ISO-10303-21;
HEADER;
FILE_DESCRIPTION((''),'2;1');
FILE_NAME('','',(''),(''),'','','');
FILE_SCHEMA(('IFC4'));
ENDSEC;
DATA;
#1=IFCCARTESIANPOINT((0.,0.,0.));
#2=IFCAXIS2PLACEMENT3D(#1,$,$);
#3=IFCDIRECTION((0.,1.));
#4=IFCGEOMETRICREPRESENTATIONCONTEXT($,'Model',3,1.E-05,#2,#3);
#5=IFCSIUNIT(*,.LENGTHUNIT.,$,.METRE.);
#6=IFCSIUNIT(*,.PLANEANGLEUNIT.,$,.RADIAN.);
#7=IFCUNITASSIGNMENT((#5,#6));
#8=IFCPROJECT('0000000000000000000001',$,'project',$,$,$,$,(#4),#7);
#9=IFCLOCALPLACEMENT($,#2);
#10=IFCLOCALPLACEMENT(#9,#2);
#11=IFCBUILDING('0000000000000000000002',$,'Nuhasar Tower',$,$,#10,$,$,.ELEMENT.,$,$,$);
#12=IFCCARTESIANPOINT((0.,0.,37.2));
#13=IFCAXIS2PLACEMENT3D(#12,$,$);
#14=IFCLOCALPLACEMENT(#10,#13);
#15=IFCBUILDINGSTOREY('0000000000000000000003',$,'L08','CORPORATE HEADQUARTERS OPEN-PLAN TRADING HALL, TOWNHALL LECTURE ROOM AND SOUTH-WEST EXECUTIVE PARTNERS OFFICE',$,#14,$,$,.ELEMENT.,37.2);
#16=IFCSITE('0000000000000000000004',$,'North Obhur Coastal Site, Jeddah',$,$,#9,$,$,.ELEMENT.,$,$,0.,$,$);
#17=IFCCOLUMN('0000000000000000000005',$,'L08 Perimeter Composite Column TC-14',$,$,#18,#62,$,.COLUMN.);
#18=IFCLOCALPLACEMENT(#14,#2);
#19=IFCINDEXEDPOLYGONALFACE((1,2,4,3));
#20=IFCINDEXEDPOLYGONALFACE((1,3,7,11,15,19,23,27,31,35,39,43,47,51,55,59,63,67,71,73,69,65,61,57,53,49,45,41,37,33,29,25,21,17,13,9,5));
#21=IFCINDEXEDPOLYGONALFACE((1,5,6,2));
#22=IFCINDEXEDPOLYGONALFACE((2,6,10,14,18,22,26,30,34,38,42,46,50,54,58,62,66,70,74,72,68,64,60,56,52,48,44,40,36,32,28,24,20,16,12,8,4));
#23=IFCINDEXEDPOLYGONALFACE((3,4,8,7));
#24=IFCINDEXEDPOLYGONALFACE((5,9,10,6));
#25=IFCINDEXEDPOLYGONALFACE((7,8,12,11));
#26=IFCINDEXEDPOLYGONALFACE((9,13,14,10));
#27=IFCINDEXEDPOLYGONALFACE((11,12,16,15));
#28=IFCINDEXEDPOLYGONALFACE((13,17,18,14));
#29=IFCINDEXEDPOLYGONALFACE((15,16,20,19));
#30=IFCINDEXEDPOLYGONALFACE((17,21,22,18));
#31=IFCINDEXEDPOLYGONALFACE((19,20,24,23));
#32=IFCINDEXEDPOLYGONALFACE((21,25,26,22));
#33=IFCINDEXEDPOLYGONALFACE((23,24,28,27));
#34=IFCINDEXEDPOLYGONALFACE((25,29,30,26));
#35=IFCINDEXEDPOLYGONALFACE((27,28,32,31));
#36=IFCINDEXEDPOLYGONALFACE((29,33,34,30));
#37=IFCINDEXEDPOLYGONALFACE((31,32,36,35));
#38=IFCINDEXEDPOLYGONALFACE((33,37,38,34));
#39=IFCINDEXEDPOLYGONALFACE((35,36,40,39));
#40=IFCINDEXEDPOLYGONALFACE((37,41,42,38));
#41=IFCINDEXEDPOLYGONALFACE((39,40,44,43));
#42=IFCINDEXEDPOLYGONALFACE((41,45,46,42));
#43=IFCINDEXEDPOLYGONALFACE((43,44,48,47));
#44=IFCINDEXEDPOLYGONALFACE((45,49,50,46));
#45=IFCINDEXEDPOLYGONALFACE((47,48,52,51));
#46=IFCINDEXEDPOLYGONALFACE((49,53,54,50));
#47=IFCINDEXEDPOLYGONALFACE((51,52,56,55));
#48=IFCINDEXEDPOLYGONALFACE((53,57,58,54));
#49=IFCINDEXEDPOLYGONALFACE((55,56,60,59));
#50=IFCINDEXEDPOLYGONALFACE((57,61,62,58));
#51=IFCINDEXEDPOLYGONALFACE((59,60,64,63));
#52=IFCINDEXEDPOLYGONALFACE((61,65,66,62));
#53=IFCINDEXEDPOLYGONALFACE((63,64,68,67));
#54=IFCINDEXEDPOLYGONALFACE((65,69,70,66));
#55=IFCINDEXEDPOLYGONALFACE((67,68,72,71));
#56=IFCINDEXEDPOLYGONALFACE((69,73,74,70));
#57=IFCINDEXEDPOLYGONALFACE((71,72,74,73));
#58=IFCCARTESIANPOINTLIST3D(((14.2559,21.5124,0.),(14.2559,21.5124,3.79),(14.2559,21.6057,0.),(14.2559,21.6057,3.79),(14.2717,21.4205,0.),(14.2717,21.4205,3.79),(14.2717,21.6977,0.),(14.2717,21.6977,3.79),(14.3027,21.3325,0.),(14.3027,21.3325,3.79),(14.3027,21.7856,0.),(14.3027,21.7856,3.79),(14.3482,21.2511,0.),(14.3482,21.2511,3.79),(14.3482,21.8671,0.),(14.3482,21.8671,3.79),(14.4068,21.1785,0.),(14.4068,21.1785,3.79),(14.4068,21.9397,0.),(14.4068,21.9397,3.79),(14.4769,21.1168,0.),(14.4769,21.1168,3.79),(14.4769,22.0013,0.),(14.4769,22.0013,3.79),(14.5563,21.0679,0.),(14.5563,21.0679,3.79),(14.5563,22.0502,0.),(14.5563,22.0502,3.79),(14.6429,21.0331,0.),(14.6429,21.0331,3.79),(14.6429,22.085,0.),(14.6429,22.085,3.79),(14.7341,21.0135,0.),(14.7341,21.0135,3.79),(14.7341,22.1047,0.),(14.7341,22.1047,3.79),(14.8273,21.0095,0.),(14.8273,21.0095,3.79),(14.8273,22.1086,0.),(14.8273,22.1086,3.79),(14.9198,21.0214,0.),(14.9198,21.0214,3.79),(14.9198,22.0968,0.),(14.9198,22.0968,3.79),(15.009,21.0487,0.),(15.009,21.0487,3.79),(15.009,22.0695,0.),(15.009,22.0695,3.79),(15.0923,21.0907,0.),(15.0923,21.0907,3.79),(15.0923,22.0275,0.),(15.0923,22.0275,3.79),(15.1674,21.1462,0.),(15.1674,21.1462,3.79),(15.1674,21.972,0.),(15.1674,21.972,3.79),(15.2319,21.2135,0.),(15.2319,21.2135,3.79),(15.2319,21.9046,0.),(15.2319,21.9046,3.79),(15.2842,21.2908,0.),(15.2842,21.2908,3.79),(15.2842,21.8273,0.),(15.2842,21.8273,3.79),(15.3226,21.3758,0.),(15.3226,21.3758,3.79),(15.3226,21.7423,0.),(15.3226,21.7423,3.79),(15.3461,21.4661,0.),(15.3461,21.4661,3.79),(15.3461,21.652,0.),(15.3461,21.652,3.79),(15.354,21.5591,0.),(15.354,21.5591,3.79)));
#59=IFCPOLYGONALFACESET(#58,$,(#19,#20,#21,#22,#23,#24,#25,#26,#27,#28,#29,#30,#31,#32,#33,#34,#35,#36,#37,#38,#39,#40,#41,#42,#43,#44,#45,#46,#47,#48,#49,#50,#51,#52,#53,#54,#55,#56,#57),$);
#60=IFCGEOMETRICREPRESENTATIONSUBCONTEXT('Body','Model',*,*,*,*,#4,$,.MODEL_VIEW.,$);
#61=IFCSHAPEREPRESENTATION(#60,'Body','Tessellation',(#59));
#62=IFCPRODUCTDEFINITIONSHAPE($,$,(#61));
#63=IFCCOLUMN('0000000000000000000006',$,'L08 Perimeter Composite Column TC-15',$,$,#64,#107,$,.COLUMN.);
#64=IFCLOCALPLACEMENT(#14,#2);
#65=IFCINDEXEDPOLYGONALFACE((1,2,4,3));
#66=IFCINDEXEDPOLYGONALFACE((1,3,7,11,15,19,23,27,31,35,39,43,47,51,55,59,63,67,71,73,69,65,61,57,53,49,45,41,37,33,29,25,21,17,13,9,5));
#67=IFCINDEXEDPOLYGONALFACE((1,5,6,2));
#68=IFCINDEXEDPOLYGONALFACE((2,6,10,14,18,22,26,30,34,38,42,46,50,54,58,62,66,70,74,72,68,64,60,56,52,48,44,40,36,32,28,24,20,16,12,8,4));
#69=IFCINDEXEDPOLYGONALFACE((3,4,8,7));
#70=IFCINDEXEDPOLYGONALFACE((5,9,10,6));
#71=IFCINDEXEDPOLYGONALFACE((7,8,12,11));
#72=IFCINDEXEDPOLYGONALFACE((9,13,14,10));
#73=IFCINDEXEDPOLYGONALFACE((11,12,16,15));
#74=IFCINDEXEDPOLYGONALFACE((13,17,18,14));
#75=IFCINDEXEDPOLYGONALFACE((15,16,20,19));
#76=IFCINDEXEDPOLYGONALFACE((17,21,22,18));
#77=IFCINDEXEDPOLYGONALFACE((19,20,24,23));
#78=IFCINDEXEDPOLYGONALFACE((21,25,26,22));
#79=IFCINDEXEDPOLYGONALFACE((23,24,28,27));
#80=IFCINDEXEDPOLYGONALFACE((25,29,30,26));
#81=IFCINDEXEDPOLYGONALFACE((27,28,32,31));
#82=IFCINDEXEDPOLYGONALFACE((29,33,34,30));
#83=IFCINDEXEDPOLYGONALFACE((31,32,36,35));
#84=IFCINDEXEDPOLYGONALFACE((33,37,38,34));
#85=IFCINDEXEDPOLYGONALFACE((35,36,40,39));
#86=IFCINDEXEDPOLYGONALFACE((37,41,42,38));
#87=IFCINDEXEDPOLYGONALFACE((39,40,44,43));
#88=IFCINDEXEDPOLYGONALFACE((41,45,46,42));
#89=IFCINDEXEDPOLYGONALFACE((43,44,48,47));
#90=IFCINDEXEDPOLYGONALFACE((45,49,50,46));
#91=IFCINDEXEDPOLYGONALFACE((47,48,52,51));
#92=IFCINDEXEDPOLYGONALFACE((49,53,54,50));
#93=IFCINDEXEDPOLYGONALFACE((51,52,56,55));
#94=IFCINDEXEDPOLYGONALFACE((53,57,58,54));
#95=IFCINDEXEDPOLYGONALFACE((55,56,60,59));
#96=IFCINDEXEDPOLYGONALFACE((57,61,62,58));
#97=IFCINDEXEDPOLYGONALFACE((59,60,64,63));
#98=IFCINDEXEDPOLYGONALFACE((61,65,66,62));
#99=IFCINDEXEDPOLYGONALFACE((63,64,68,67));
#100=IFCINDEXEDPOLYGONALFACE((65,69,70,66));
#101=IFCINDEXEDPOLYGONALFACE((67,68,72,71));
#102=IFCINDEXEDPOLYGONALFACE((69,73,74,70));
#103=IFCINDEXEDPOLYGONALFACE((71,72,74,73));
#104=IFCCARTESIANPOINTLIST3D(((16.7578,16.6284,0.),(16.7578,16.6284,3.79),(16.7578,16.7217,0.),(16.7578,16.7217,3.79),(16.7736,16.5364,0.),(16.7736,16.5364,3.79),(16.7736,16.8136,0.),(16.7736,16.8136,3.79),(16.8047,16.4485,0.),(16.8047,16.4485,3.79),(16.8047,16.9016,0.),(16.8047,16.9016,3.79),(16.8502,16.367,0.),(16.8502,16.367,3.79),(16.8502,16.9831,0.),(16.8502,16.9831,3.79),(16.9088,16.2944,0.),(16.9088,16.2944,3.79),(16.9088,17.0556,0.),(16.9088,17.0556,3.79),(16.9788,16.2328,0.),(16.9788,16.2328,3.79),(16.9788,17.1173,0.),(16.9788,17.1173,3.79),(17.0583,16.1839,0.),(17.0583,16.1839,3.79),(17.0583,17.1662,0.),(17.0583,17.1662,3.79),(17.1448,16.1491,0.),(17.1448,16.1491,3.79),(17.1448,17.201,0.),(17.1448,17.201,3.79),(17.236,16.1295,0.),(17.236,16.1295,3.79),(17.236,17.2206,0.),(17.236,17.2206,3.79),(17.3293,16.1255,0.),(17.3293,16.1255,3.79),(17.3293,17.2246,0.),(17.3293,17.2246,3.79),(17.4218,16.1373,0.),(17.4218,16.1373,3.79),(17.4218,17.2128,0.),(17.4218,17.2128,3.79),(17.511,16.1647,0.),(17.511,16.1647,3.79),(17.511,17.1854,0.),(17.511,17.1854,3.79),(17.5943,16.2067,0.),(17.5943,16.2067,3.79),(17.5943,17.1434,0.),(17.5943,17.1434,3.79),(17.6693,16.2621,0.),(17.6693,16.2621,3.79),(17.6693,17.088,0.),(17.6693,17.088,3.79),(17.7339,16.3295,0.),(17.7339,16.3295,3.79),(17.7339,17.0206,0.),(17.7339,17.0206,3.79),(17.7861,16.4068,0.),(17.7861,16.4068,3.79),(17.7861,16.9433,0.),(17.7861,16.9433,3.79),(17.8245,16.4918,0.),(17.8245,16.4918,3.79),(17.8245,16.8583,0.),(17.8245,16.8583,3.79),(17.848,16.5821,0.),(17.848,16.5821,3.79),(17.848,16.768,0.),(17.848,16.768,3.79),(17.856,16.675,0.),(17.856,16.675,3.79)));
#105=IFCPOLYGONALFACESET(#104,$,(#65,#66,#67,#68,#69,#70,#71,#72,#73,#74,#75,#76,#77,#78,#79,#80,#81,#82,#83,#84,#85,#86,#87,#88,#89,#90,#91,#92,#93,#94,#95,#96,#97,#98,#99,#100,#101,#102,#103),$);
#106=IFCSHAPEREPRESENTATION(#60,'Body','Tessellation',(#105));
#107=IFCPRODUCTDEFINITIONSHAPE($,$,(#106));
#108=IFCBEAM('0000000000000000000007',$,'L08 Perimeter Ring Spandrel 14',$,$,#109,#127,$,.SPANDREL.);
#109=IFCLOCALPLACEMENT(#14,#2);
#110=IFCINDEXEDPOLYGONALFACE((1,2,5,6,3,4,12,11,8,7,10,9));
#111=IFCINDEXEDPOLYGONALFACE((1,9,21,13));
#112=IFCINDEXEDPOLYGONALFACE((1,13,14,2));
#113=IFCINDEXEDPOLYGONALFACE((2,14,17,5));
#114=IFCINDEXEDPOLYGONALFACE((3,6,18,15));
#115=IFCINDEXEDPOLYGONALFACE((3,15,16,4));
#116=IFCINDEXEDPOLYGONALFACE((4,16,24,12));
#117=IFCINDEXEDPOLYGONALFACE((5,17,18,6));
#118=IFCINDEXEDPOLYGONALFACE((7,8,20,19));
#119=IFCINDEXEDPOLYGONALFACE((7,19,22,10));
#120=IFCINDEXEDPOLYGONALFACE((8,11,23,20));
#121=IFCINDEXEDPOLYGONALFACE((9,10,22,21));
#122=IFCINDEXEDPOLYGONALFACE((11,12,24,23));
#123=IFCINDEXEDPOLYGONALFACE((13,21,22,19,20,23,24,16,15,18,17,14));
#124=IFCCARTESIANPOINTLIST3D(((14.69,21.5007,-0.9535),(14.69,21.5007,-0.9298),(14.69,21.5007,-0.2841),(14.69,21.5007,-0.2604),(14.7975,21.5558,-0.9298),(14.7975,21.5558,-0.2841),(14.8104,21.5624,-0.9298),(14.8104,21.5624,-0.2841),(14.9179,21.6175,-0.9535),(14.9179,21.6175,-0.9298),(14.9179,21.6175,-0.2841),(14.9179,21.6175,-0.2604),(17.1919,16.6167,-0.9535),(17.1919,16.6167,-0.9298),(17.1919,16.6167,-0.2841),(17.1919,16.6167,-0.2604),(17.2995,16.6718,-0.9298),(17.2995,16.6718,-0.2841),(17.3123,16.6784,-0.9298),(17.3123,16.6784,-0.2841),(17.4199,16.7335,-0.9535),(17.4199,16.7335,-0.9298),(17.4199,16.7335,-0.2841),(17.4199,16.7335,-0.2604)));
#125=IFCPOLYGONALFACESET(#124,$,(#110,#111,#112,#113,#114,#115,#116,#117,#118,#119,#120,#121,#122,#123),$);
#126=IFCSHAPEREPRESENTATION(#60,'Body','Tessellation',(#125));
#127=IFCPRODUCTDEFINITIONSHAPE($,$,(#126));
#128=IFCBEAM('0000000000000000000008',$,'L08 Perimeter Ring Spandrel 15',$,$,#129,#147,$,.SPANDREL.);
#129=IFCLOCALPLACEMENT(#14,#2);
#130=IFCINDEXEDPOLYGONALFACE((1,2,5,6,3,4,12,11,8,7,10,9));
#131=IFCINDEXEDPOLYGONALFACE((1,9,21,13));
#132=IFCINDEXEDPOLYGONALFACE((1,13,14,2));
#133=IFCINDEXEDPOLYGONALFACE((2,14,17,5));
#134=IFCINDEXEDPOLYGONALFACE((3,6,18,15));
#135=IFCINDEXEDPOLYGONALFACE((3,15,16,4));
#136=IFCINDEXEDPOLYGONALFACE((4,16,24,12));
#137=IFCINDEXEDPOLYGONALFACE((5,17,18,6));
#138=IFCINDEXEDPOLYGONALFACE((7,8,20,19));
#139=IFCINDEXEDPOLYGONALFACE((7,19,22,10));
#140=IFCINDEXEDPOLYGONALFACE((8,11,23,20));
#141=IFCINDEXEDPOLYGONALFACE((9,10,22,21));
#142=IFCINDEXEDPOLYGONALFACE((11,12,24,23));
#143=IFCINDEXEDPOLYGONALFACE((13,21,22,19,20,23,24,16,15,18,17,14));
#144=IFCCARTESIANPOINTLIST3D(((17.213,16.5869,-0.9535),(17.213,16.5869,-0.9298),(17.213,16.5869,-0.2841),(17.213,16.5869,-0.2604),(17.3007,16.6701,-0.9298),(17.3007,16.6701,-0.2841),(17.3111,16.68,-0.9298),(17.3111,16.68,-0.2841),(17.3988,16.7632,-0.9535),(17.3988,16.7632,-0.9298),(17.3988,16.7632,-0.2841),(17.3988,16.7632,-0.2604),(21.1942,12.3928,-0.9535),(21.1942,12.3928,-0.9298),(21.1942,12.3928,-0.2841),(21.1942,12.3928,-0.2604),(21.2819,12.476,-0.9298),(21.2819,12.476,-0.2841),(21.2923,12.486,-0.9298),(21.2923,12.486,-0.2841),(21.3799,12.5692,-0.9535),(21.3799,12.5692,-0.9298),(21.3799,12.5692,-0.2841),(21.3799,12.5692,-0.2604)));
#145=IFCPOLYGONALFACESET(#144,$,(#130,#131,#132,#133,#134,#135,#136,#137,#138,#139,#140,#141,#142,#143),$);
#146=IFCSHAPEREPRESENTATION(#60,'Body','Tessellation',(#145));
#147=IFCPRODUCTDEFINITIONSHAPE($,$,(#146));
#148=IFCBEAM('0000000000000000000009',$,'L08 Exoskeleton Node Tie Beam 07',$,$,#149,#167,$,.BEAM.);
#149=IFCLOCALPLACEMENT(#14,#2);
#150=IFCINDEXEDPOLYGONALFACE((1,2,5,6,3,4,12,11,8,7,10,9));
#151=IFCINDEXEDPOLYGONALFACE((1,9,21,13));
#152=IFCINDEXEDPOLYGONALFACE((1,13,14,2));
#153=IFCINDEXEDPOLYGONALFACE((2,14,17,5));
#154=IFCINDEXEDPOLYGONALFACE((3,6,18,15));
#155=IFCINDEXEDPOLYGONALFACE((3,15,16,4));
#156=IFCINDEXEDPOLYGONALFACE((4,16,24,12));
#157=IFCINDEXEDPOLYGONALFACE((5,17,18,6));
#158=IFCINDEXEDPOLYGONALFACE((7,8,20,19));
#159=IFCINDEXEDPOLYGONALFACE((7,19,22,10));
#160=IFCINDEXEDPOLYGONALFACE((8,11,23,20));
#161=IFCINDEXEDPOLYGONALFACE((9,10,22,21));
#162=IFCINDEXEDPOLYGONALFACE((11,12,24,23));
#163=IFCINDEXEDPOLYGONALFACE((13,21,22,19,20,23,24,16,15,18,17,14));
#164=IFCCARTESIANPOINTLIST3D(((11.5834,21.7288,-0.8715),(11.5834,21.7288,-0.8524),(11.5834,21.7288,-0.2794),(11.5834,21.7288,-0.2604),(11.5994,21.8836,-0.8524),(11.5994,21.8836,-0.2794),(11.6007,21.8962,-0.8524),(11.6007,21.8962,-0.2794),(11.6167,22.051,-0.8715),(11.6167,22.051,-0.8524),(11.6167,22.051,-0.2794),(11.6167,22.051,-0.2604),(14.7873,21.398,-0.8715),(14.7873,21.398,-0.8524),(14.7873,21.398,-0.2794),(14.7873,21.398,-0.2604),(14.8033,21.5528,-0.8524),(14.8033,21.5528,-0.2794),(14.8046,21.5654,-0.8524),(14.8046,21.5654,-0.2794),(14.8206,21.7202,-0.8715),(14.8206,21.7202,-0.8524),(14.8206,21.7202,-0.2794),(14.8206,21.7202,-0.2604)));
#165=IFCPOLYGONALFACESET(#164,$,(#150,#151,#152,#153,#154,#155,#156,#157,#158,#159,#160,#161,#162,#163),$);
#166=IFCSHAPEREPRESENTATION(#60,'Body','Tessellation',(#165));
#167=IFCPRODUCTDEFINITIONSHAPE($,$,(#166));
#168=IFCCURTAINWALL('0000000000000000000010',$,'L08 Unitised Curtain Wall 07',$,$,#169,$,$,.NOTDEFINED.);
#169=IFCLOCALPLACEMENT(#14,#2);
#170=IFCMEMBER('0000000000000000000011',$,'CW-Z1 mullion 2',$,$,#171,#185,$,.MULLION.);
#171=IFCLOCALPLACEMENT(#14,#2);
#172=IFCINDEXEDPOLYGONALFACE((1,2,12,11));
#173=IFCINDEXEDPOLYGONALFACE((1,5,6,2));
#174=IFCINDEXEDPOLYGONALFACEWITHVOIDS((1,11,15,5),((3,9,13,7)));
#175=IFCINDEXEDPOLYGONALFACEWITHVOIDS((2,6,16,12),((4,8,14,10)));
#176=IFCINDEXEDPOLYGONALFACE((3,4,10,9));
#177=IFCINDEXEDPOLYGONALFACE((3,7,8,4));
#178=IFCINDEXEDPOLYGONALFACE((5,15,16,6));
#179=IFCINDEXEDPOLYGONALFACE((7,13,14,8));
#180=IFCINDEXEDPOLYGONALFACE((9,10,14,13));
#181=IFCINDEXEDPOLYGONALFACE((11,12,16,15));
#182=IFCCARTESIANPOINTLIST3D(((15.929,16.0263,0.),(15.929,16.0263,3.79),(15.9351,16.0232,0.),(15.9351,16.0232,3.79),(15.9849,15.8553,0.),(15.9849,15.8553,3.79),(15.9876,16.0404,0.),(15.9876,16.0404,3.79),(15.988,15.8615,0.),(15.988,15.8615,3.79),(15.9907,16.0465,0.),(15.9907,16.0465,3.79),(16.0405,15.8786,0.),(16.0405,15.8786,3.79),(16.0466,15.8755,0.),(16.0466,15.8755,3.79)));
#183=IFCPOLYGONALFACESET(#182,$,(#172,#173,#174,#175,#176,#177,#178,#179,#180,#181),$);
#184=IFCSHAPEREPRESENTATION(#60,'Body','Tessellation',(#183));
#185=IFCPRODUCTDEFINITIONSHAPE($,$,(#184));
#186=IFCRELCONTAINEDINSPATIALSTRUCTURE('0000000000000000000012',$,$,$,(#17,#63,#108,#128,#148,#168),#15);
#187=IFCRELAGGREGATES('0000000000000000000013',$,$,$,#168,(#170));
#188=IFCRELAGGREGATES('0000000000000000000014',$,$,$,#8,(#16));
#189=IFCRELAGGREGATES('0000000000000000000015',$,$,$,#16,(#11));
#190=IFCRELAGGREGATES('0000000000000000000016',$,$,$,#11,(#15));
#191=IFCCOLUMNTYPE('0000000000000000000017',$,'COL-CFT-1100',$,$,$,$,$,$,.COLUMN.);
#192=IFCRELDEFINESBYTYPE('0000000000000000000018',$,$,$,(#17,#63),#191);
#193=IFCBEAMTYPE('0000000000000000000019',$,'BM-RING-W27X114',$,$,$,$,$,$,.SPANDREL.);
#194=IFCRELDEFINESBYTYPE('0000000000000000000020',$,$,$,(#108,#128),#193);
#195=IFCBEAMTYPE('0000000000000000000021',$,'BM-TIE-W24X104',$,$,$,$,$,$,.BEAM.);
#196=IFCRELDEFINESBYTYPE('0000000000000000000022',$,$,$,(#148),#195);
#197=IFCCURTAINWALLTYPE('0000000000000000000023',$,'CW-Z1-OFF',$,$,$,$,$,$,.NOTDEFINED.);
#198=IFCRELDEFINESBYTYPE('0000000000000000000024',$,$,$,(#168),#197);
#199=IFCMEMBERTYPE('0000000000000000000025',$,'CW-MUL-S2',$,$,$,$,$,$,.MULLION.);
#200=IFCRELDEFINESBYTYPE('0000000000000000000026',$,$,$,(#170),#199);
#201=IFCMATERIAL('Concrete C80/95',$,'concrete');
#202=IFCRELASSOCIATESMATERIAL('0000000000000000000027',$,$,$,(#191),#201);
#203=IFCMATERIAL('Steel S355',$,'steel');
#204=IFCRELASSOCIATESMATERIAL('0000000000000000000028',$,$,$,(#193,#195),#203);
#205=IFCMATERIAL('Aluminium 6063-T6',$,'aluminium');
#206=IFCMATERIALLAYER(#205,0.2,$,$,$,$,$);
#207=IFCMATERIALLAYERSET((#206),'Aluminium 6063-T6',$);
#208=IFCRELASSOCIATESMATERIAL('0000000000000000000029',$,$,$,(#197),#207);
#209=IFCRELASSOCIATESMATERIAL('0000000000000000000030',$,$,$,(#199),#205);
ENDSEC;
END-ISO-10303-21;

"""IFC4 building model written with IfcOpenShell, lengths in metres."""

from ifc_helpers import new_model, si_unit, direction, frame, origin, origin_2d, place, context, subcontext, project, spatial, hollow_rectangle, circle, i_section, extrude, material, layer, layer_set, material_profile, profile_set, type_object, element, aggregate, save


model = new_model("IFC4")

# Units and contexts
model_context = context("Model", 3, precision=1e-05, world=origin(), true_north=direction((0.0, 1.0)))
body_context = subcontext(model_context, "Body", "Model", "MODEL_VIEW")
ifc_project = project(units=[si_unit("LENGTHUNIT", "METRE"), si_unit("PLANEANGLEUNIT", "RADIAN")], contexts=[model_context])

# Site, building, storey
site_placement = place(None, origin())
site = spatial("IfcSite", under=ifc_project, at=site_placement, Name="North Obhur Coastal Site, Jeddah", CompositionType="ELEMENT", RefElevation=0.0)
building_placement = place(site_placement, origin())
building = spatial("IfcBuilding", under=site, at=building_placement, Name="Nuhasar Tower", CompositionType="ELEMENT")
storey_placement = place(building_placement, frame((0.0, 0.0, 37.2)))
storey = spatial("IfcBuildingStorey", under=building, at=storey_placement, Name="L08", Description="CORPORATE HEADQUARTERS OPEN-PLAN TRADING HALL, TOWNHALL LECTURE ROOM AND SOUTH-WEST EXECUTIVE PARTNERS OFFICE", CompositionType="ELEMENT", Elevation=37.2)

# Columns
ifc_material_1 = material(Name="Concrete C80/95", Category="concrete")
ifc_material_profile_1 = material_profile(ifc_material_1, circle(Radius=0.55, at=origin_2d()), Name="CFT1100")
ifc_profile_set_1 = profile_set([ifc_material_profile_1], Name="Concrete C80/95")
column_type = type_object("IfcColumnType", Name="COL-CFT-1100", PredefinedType="COLUMN", material=ifc_profile_set_1)
for number, where, z_axis, x_axis, name in (
    (1, (14.804, 21.5591, 0.0), (0.0, 0.0, 1.0), (1.0, 0.0, 0.0), "L08 Perimeter Composite Column TC-14"),
    (2, (17.3059, 16.675, 0.0), (0.0, 0.0, 1.0), (1.0, 0.0, 0.0), "L08 Perimeter Composite Column TC-15"),
):
    element("IfcColumn", number, at=place(storey_placement, frame(where, z_axis=z_axis, x_axis=x_axis)), inside=storey, type_object=column_type, Name=name, PredefinedType="COLUMN", context=body_context, shape_type="SweptSolid", body=[
        extrude(circle(Radius=0.55, at=origin_2d()), origin(), (0.0, 0.0, 1.0), 3.79),
    ])

# Beams
ifc_material_2 = material(Name="Steel S355", Category="steel")
ifc_material_profile_2 = material_profile(ifc_material_2, i_section(OverallWidth=0.2561, OverallDepth=0.6931, WebThickness=0.0144, FlangeThickness=0.0237, at=origin_2d()), Name="W27X114")
ifc_profile_set_2 = profile_set([ifc_material_profile_2], Name="Steel S355")
beam_type_1 = type_object("IfcBeamType", Name="BM-RING-W27X114", PredefinedType="SPANDREL", material=ifc_profile_set_2)
beam_1_placement = place(storey_placement, frame((14.804, 21.5591, -0.6069), z_axis=(0.45593, -0.890016, 0.0), x_axis=(0.890016, 0.45593, 0.0)))
element("IfcBeam", 3, at=beam_1_placement, inside=storey, type_object=beam_type_1, Name="L08 Perimeter Ring Spandrel 14", PredefinedType="SPANDREL", context=body_context, shape_type="SweptSolid", body=[
    extrude(i_section(OverallWidth=0.2561, OverallDepth=0.6931, WebThickness=0.0144, FlangeThickness=0.0237, at=origin_2d()), origin(), (0.0, 0.0, 1.0), 5.4875),
])
beam_2_placement = place(storey_placement, frame((17.3059, 16.675, -0.6069), z_axis=(0.68846, -0.725274, 0.0), x_axis=(0.725274, 0.68846, 0.0)))
element("IfcBeam", 4, at=beam_2_placement, inside=storey, type_object=beam_type_1, Name="L08 Perimeter Ring Spandrel 15", PredefinedType="SPANDREL", context=body_context, shape_type="SweptSolid", body=[
    extrude(i_section(OverallWidth=0.2561, OverallDepth=0.6931, WebThickness=0.0144, FlangeThickness=0.0237, at=origin_2d()), origin(), (0.0, 0.0, 1.0), 5.7827),
])
ifc_material_profile_3 = material_profile(ifc_material_2, i_section(OverallWidth=0.324, OverallDepth=0.6111, WebThickness=0.0127, FlangeThickness=0.019, at=origin_2d()), Name="W24X104")
ifc_profile_set_3 = profile_set([ifc_material_profile_3], Name="Steel S355")
beam_type_2 = type_object("IfcBeamType", Name="BM-TIE-W24X104", PredefinedType="BEAM", material=ifc_profile_set_3)
beam_3_placement = place(storey_placement, frame((14.804, 21.5591, -0.5659), z_axis=(-0.994712, 0.102708, 0.0), x_axis=(-0.102708, -0.994712, 0.0)))
element("IfcBeam", 5, at=beam_3_placement, inside=storey, type_object=beam_type_2, Name="L08 Exoskeleton Node Tie Beam 07", PredefinedType="BEAM", context=body_context, shape_type="SweptSolid", body=[
    extrude(i_section(OverallWidth=0.324, OverallDepth=0.6111, WebThickness=0.0127, FlangeThickness=0.019, at=origin_2d()), origin(), (0.0, 0.0, 1.0), 3.2209),
])

# Curtain wall, member
ifc_material_3 = material(Name="Aluminium 6063-T6", Category="aluminium")
ifc_layer_1 = layer(ifc_material_3, 0.2)
ifc_layer_set_1 = layer_set([ifc_layer_1], Name="Aluminium 6063-T6")
curtain_wall_type = type_object("IfcCurtainWallType", Name="CW-Z1-OFF", PredefinedType="NOTDEFINED", material=ifc_layer_set_1)
curtain_wall_1_placement = place(storey_placement, origin())
curtain_wall_1 = element("IfcCurtainWall", 6, at=curtain_wall_1_placement, inside=storey, type_object=curtain_wall_type, Name="L08 Unitised Curtain Wall 07", PredefinedType="NOTDEFINED")
ifc_material_profile_4 = material_profile(ifc_material_3, hollow_rectangle(XDim=0.0649, YDim=0.1799, WallThickness=0.0049, at=origin_2d()), Name="CWM-2")
ifc_profile_set_4 = profile_set([ifc_material_profile_4], Name="Aluminium 6063-T6")
member_type_1 = type_object("IfcMemberType", Name="CW-MUL-S2", PredefinedType="MULLION", material=ifc_profile_set_4)
member_1_placement = place(storey_placement, frame((15.9878, 15.9509, 0.0), z_axis=(0.0, 0.0, 1.0), x_axis=(0.950468, 0.310824, 0.0)))
member_1 = element("IfcMember", 7, at=member_1_placement, type_object=member_type_1, Name="CW-Z1 mullion 2", PredefinedType="MULLION", context=body_context, shape_type="SweptSolid", body=[
    extrude(hollow_rectangle(XDim=0.0649, YDim=0.1799, WallThickness=0.0049, at=origin_2d()), origin(), (0.0, 0.0, 1.0), 3.79),
])

aggregate(curtain_wall_1, [member_1])

save(model, "model.ifc")
